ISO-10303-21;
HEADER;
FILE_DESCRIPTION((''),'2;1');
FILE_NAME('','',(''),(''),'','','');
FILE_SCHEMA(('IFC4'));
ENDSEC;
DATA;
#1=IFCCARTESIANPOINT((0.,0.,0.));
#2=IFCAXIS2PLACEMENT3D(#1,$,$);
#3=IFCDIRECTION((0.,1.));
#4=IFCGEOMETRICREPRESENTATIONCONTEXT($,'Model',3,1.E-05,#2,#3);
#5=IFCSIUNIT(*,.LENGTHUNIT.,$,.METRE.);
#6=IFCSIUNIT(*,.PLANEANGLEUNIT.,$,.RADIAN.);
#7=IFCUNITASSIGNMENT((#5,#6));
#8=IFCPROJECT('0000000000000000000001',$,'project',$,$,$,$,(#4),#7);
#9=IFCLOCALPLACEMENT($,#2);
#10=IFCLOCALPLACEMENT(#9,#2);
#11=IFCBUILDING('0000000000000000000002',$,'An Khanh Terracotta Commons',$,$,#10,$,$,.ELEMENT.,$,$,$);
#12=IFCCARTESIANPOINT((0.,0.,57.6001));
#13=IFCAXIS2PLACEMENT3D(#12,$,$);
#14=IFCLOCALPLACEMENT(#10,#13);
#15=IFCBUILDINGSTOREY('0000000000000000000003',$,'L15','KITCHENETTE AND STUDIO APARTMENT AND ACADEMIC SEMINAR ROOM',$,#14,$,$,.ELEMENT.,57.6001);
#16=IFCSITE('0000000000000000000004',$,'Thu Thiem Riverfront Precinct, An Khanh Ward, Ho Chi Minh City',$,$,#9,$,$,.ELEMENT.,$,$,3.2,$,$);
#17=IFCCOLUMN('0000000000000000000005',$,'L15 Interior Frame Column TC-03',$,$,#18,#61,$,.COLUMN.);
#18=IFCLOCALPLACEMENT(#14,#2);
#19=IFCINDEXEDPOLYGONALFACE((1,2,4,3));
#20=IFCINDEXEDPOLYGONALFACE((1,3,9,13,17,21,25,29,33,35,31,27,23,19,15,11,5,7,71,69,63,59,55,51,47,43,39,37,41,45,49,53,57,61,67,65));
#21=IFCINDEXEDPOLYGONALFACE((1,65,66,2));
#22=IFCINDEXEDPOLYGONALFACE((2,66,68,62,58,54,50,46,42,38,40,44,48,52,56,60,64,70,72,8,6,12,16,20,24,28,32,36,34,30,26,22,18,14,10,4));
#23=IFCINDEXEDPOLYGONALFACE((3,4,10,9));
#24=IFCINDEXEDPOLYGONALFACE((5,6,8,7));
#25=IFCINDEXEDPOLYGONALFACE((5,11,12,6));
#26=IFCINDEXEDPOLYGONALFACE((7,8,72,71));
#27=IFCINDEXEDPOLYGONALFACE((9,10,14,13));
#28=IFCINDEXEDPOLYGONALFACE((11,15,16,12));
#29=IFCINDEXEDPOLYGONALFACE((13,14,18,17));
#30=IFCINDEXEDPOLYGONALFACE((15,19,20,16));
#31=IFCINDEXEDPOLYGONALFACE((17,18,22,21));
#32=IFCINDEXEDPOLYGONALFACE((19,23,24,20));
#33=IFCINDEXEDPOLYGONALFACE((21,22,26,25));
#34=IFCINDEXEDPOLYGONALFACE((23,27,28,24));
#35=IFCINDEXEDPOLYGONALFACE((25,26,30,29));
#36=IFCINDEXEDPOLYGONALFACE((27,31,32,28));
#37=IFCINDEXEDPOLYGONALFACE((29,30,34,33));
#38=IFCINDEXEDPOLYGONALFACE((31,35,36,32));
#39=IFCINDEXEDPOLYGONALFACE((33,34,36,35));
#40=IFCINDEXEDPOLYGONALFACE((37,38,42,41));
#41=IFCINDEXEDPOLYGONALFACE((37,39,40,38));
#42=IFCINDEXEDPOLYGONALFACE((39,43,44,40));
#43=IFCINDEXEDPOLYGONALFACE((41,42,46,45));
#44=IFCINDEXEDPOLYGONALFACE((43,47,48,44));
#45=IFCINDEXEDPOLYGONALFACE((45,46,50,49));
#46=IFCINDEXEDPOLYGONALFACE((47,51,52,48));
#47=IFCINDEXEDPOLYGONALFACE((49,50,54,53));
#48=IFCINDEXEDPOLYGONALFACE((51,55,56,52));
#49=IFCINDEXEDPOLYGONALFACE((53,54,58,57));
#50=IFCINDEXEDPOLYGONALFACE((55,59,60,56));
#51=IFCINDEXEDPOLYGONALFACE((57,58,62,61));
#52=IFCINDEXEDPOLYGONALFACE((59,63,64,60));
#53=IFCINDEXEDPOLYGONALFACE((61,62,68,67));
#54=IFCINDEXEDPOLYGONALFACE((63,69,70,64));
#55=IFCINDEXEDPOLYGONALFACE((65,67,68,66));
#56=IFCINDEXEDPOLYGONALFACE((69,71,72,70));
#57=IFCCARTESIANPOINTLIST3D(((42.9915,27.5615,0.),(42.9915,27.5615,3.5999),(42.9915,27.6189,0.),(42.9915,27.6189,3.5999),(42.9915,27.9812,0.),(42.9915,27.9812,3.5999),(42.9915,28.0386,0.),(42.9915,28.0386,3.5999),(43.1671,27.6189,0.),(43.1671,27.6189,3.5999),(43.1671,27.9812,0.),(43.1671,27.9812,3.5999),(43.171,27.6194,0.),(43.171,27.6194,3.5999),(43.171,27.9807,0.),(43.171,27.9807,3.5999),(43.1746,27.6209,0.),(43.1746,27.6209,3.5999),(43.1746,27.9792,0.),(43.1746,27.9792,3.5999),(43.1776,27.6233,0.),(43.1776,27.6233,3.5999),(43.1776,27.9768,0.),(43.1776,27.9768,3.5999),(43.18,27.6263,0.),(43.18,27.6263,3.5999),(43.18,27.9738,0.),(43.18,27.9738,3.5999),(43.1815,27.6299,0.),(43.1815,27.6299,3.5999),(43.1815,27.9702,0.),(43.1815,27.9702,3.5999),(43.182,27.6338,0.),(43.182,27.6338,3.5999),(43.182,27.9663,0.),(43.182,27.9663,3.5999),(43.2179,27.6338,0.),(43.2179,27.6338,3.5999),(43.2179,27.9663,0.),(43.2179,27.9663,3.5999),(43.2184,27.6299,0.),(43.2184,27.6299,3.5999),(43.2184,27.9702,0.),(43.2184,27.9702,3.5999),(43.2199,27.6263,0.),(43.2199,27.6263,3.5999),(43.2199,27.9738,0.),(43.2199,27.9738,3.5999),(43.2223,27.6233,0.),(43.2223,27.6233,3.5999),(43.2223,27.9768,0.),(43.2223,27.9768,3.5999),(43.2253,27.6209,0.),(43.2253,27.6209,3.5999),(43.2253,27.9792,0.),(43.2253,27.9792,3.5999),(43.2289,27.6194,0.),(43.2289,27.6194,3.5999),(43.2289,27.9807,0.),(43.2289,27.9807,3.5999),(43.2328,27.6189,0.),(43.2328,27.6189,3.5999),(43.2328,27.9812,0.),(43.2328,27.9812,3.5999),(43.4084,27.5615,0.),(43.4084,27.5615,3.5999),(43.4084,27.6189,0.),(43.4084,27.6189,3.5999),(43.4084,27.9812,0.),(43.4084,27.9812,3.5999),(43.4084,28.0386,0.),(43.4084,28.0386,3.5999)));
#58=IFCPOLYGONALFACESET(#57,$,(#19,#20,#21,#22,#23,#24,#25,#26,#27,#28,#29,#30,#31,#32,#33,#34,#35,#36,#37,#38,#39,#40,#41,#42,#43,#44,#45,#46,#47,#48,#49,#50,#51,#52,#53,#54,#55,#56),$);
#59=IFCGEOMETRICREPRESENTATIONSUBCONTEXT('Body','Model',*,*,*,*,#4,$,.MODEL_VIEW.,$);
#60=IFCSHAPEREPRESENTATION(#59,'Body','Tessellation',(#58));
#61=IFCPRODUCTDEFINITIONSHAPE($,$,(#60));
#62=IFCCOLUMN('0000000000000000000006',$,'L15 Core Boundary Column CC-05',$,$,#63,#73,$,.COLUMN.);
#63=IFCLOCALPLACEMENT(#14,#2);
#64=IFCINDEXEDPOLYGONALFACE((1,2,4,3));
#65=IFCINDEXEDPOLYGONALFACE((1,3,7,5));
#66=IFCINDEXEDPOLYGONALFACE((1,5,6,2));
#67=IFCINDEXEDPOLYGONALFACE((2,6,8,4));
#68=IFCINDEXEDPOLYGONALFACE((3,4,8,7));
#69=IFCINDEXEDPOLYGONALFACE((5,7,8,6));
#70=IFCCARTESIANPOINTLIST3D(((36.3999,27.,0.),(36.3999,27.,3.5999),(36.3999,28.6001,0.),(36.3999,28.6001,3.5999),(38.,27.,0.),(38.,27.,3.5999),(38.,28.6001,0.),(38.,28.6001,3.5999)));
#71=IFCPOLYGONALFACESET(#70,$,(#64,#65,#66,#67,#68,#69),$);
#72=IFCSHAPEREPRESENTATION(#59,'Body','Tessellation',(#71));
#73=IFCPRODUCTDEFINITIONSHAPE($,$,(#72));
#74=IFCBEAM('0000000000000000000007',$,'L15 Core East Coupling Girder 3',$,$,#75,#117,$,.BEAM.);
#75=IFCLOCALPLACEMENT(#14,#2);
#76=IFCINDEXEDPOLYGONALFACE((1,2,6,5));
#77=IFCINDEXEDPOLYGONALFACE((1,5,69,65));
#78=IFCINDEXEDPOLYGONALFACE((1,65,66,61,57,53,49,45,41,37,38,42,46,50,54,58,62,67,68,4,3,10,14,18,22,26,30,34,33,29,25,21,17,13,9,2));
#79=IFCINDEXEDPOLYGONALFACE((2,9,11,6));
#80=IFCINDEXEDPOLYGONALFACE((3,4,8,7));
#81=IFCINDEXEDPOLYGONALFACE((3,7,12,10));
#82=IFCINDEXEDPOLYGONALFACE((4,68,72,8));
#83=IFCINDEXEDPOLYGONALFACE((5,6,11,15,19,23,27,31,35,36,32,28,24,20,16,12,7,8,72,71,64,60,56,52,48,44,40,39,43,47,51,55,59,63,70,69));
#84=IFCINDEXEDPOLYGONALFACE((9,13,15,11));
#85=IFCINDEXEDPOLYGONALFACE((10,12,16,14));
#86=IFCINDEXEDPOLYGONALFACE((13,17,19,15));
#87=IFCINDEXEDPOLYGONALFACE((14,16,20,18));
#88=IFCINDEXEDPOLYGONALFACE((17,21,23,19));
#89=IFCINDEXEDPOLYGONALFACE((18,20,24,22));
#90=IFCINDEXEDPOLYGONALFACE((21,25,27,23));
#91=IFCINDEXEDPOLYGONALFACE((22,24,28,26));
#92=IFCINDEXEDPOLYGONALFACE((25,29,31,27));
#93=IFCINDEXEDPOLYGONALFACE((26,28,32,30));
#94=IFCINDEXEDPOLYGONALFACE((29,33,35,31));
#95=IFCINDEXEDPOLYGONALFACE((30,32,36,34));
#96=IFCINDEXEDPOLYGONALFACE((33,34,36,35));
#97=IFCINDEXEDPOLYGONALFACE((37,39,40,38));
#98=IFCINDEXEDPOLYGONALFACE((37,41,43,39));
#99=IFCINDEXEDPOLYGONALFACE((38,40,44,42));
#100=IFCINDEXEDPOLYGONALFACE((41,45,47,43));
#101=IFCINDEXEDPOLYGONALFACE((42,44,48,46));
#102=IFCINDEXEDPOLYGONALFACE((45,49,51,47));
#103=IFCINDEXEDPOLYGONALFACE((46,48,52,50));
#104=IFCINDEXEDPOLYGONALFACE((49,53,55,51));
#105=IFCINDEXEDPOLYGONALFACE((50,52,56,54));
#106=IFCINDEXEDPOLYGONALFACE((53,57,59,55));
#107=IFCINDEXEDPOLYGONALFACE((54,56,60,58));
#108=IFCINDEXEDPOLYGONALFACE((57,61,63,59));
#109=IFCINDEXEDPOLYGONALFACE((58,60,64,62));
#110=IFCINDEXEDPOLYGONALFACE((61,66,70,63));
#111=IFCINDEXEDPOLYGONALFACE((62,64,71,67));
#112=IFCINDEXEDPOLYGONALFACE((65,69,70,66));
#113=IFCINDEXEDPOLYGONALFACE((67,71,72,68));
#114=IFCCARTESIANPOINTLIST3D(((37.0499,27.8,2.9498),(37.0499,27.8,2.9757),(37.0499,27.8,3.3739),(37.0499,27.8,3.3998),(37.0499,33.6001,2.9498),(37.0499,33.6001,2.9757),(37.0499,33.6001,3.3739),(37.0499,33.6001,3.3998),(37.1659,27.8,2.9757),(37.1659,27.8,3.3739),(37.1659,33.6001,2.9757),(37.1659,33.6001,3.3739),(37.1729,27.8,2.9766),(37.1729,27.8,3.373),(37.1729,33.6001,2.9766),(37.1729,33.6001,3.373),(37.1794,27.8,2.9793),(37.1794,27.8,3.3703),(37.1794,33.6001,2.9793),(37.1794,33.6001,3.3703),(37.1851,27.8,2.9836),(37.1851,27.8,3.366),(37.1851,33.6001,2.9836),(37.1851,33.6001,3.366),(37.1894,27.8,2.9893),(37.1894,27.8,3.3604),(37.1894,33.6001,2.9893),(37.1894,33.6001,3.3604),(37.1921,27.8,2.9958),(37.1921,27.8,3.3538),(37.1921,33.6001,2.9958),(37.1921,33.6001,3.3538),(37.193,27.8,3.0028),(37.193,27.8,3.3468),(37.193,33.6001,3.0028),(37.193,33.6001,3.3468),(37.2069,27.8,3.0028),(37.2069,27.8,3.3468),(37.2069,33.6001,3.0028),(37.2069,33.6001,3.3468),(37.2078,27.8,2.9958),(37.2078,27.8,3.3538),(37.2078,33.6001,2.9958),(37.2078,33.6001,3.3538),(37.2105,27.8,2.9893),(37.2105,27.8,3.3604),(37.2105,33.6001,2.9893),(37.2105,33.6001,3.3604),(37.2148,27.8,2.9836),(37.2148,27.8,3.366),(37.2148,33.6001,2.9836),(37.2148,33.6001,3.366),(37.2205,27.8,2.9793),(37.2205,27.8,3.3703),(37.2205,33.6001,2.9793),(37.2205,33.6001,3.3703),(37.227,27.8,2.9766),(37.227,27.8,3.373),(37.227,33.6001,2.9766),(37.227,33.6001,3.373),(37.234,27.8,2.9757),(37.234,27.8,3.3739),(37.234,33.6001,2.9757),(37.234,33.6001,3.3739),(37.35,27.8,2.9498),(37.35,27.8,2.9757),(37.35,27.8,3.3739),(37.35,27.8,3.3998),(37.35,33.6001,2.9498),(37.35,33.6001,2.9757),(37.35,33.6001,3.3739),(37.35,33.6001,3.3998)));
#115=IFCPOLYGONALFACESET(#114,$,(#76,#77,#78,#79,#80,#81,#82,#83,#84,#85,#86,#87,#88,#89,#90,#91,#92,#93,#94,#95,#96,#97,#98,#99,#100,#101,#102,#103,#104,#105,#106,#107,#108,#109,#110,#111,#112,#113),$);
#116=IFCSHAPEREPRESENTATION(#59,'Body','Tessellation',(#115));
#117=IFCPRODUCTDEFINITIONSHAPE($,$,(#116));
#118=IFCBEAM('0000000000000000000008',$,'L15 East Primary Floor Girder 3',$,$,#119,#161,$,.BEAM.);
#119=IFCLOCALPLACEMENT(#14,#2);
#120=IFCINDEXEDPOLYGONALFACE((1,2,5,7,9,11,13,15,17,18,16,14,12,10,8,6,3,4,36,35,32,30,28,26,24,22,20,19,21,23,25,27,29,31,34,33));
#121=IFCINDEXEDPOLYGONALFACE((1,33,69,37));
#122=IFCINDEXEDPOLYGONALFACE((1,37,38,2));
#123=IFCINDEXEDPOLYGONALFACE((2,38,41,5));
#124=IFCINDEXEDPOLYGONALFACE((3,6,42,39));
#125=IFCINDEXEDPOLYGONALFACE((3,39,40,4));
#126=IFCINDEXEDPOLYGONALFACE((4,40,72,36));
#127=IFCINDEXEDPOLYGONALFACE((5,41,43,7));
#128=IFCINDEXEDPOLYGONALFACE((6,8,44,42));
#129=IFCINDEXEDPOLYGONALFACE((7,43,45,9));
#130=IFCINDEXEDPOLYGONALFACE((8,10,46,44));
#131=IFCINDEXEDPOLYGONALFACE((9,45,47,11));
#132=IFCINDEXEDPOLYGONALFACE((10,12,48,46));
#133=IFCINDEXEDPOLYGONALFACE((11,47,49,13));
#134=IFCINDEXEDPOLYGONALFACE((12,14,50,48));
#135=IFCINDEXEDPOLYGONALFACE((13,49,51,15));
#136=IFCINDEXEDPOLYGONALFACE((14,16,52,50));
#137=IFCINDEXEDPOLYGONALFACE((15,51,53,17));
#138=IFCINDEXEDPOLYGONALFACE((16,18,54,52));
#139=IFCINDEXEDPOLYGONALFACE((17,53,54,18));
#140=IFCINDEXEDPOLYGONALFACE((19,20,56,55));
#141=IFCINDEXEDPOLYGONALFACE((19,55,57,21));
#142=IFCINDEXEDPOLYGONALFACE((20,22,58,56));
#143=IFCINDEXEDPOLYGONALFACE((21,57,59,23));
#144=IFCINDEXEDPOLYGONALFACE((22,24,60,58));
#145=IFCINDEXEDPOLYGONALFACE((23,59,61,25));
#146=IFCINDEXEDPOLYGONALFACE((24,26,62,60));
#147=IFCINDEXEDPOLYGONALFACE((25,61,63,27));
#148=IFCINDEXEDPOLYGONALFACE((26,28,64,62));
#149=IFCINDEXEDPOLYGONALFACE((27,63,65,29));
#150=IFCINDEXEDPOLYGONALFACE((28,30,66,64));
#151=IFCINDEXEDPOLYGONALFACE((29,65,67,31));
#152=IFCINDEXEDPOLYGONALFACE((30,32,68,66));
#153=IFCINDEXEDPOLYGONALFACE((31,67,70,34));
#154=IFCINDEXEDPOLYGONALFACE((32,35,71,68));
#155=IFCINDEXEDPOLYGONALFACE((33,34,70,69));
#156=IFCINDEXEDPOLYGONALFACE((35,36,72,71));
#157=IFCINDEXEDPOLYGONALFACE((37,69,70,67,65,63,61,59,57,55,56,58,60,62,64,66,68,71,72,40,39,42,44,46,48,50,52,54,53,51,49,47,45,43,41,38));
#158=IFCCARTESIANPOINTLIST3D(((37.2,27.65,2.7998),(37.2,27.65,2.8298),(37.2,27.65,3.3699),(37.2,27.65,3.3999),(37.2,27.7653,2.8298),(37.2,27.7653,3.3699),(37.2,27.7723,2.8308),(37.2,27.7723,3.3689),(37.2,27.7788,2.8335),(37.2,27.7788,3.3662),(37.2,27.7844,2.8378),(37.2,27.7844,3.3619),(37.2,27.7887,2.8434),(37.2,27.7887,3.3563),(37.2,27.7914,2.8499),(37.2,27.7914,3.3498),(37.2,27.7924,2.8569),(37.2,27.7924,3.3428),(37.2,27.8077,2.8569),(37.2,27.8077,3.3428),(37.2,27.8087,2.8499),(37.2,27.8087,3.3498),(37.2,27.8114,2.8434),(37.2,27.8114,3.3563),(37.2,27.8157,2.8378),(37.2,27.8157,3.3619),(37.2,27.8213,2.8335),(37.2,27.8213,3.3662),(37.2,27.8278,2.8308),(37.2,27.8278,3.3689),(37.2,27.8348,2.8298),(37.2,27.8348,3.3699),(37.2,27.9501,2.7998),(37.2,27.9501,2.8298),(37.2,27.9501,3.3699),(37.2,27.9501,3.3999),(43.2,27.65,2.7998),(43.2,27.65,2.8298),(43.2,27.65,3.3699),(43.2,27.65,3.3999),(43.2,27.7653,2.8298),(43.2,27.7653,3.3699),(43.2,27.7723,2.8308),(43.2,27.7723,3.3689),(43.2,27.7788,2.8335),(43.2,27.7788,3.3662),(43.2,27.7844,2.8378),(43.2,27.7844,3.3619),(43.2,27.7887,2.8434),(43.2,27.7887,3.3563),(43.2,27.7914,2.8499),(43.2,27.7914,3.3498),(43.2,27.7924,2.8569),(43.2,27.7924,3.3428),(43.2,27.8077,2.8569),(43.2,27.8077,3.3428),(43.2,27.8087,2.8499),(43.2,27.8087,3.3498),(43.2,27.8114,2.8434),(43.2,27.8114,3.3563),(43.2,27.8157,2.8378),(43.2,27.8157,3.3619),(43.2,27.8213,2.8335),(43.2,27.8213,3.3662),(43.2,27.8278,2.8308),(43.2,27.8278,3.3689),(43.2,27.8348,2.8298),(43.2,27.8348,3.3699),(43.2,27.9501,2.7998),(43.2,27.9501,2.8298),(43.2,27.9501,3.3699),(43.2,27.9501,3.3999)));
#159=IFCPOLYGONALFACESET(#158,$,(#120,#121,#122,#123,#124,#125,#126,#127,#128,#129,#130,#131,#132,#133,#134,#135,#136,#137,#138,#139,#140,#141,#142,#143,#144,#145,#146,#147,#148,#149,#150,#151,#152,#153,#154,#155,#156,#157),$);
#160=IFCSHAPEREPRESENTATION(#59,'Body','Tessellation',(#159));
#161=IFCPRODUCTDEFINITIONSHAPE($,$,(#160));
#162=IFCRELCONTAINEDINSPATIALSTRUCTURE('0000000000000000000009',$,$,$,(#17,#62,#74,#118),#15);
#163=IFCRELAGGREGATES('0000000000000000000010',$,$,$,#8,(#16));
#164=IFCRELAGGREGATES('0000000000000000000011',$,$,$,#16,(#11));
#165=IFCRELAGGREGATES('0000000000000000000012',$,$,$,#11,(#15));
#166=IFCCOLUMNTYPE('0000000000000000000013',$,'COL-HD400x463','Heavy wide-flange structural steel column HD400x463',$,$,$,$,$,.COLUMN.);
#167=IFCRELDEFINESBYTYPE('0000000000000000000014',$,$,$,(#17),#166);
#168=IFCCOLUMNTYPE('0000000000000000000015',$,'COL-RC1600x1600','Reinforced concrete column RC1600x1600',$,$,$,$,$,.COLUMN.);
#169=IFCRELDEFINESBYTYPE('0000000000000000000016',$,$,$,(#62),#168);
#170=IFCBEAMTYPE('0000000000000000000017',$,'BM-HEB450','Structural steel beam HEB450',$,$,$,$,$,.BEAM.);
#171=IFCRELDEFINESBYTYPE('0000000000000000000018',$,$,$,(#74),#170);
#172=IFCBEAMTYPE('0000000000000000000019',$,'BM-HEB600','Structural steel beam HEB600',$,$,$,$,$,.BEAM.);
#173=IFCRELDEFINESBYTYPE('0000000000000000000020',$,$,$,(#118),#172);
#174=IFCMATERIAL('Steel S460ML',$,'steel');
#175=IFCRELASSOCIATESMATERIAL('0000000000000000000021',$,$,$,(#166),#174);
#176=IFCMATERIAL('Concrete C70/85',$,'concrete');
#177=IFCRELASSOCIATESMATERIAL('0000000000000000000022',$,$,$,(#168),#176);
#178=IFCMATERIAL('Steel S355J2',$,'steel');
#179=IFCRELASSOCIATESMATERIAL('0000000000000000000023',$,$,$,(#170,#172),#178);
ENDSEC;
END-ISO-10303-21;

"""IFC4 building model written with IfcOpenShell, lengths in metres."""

from ifc_helpers import new_model, si_unit, direction, frame, origin, origin_2d, place, context, subcontext, project, spatial, rectangle, i_section, extrude, material, material_profile, profile_set, type_object, element, save


model = new_model("IFC4")

# Units and contexts
model_context = context("Model", 3, precision=1e-05, world=origin(), true_north=direction((0.0, 1.0)))
body_context = subcontext(model_context, "Body", "Model", "MODEL_VIEW")
ifc_project = project(units=[si_unit("LENGTHUNIT", "METRE"), si_unit("PLANEANGLEUNIT", "RADIAN")], contexts=[model_context])

# Site, building, storey
site_placement = place(None, origin())
site = spatial("IfcSite", under=ifc_project, at=site_placement, Name="Thu Thiem Riverfront Precinct, An Khanh Ward, Ho Chi Minh City", CompositionType="ELEMENT", RefElevation=3.2)
building_placement = place(site_placement, origin())
building = spatial("IfcBuilding", under=site, at=building_placement, Name="An Khanh Terracotta Commons", CompositionType="ELEMENT")
storey_placement = place(building_placement, frame((0.0, 0.0, 57.6001)))
storey = spatial("IfcBuildingStorey", under=building, at=storey_placement, Name="L15", Description="KITCHENETTE AND STUDIO APARTMENT AND ACADEMIC SEMINAR ROOM", CompositionType="ELEMENT", Elevation=57.6001)

# Columns
ifc_material_1 = material(Name="Steel S460ML", Category="steel")
ifc_material_profile_1 = material_profile(ifc_material_1, i_section(OverallWidth=0.417, OverallDepth=0.4771, WebThickness=0.0359, FlangeThickness=0.0574, FilletRadius=0.0149, at=origin_2d()), Name="HD400x463")
ifc_profile_set_1 = profile_set([ifc_material_profile_1], Name="Steel S460ML")
column_type_1 = type_object("IfcColumnType", Name="COL-HD400x463", Description="Heavy wide-flange structural steel column HD400x463", PredefinedType="COLUMN", material=ifc_profile_set_1)
column_1_placement = place(storey_placement, frame((43.2, 27.8, 0.0), z_axis=(0.0, 0.0, 1.0), x_axis=(1.0, 0.0, 0.0)))
element("IfcColumn", 1, at=column_1_placement, inside=storey, type_object=column_type_1, Name="L15 Interior Frame Column TC-03", PredefinedType="COLUMN", context=body_context, shape_type="SweptSolid", body=[
    extrude(i_section(OverallWidth=0.417, OverallDepth=0.4771, WebThickness=0.0359, FlangeThickness=0.0574, FilletRadius=0.0149, at=origin_2d()), origin(), (0.0, 0.0, 1.0), 3.5999),
])
ifc_material_2 = material(Name="Concrete C70/85", Category="concrete")
ifc_material_profile_2 = material_profile(ifc_material_2, rectangle(XDim=1.6001, YDim=1.6001, at=origin_2d()), Name="RC1600x1600")
ifc_profile_set_2 = profile_set([ifc_material_profile_2], Name="Concrete C70/85")
column_type_2 = type_object("IfcColumnType", Name="COL-RC1600x1600", Description="Reinforced concrete column RC1600x1600", PredefinedType="COLUMN", material=ifc_profile_set_2)
column_2_placement = place(storey_placement, frame((37.2, 27.8, 0.0), z_axis=(0.0, 0.0, 1.0), x_axis=(1.0, 0.0, 0.0)))
element("IfcColumn", 2, at=column_2_placement, inside=storey, type_object=column_type_2, Name="L15 Core Boundary Column CC-05", PredefinedType="COLUMN", context=body_context, shape_type="SweptSolid", body=[
    extrude(rectangle(XDim=1.6001, YDim=1.6001, at=origin_2d()), origin(), (0.0, 0.0, 1.0), 3.5999),
])

# Beams
ifc_material_3 = material(Name="Steel S355J2", Category="steel")
ifc_material_profile_3 = material_profile(ifc_material_3, i_section(OverallWidth=0.3, OverallDepth=0.45, WebThickness=0.0139, FlangeThickness=0.0259, FilletRadius=0.0271, at=origin_2d()), Name="HEB450")
ifc_profile_set_3 = profile_set([ifc_material_profile_3], Name="Steel S355J2")
beam_type_1 = type_object("IfcBeamType", Name="BM-HEB450", Description="Structural steel beam HEB450", PredefinedType="BEAM", material=ifc_profile_set_3)
beam_1_placement = place(storey_placement, frame((37.2, 27.8, 3.1748), z_axis=(0.0, 1.0, 0.0), x_axis=(-1.0, 0.0, 0.0)))
element("IfcBeam", 3, at=beam_1_placement, inside=storey, type_object=beam_type_1, Name="L15 Core East Coupling Girder 3", PredefinedType="BEAM", context=body_context, shape_type="SweptSolid", body=[
    extrude(i_section(OverallWidth=0.3, OverallDepth=0.45, WebThickness=0.0139, FlangeThickness=0.0259, FilletRadius=0.0271, at=origin_2d()), origin(), (0.0, 0.0, 1.0), 5.8),
])
ifc_material_profile_4 = material_profile(ifc_material_3, i_section(OverallWidth=0.3, OverallDepth=0.6001, WebThickness=0.0154, FlangeThickness=0.03, FilletRadius=0.0271, at=origin_2d()), Name="HEB600")
ifc_profile_set_4 = profile_set([ifc_material_profile_4], Name="Steel S355J2")
beam_type_2 = type_object("IfcBeamType", Name="BM-HEB600", Description="Structural steel beam HEB600", PredefinedType="BEAM", material=ifc_profile_set_4)
beam_2_placement = place(storey_placement, frame((37.2, 27.8, 3.0999), z_axis=(1.0, 0.0, 0.0), x_axis=(0.0, 1.0, 0.0)))
element("IfcBeam", 4, at=beam_2_placement, inside=storey, type_object=beam_type_2, Name="L15 East Primary Floor Girder 3", PredefinedType="BEAM", context=body_context, shape_type="SweptSolid", body=[
    extrude(i_section(OverallWidth=0.3, OverallDepth=0.6001, WebThickness=0.0154, FlangeThickness=0.03, FilletRadius=0.0271, at=origin_2d()), origin(), (0.0, 0.0, 1.0), 6.0),
])

save(model, "model.ifc")
